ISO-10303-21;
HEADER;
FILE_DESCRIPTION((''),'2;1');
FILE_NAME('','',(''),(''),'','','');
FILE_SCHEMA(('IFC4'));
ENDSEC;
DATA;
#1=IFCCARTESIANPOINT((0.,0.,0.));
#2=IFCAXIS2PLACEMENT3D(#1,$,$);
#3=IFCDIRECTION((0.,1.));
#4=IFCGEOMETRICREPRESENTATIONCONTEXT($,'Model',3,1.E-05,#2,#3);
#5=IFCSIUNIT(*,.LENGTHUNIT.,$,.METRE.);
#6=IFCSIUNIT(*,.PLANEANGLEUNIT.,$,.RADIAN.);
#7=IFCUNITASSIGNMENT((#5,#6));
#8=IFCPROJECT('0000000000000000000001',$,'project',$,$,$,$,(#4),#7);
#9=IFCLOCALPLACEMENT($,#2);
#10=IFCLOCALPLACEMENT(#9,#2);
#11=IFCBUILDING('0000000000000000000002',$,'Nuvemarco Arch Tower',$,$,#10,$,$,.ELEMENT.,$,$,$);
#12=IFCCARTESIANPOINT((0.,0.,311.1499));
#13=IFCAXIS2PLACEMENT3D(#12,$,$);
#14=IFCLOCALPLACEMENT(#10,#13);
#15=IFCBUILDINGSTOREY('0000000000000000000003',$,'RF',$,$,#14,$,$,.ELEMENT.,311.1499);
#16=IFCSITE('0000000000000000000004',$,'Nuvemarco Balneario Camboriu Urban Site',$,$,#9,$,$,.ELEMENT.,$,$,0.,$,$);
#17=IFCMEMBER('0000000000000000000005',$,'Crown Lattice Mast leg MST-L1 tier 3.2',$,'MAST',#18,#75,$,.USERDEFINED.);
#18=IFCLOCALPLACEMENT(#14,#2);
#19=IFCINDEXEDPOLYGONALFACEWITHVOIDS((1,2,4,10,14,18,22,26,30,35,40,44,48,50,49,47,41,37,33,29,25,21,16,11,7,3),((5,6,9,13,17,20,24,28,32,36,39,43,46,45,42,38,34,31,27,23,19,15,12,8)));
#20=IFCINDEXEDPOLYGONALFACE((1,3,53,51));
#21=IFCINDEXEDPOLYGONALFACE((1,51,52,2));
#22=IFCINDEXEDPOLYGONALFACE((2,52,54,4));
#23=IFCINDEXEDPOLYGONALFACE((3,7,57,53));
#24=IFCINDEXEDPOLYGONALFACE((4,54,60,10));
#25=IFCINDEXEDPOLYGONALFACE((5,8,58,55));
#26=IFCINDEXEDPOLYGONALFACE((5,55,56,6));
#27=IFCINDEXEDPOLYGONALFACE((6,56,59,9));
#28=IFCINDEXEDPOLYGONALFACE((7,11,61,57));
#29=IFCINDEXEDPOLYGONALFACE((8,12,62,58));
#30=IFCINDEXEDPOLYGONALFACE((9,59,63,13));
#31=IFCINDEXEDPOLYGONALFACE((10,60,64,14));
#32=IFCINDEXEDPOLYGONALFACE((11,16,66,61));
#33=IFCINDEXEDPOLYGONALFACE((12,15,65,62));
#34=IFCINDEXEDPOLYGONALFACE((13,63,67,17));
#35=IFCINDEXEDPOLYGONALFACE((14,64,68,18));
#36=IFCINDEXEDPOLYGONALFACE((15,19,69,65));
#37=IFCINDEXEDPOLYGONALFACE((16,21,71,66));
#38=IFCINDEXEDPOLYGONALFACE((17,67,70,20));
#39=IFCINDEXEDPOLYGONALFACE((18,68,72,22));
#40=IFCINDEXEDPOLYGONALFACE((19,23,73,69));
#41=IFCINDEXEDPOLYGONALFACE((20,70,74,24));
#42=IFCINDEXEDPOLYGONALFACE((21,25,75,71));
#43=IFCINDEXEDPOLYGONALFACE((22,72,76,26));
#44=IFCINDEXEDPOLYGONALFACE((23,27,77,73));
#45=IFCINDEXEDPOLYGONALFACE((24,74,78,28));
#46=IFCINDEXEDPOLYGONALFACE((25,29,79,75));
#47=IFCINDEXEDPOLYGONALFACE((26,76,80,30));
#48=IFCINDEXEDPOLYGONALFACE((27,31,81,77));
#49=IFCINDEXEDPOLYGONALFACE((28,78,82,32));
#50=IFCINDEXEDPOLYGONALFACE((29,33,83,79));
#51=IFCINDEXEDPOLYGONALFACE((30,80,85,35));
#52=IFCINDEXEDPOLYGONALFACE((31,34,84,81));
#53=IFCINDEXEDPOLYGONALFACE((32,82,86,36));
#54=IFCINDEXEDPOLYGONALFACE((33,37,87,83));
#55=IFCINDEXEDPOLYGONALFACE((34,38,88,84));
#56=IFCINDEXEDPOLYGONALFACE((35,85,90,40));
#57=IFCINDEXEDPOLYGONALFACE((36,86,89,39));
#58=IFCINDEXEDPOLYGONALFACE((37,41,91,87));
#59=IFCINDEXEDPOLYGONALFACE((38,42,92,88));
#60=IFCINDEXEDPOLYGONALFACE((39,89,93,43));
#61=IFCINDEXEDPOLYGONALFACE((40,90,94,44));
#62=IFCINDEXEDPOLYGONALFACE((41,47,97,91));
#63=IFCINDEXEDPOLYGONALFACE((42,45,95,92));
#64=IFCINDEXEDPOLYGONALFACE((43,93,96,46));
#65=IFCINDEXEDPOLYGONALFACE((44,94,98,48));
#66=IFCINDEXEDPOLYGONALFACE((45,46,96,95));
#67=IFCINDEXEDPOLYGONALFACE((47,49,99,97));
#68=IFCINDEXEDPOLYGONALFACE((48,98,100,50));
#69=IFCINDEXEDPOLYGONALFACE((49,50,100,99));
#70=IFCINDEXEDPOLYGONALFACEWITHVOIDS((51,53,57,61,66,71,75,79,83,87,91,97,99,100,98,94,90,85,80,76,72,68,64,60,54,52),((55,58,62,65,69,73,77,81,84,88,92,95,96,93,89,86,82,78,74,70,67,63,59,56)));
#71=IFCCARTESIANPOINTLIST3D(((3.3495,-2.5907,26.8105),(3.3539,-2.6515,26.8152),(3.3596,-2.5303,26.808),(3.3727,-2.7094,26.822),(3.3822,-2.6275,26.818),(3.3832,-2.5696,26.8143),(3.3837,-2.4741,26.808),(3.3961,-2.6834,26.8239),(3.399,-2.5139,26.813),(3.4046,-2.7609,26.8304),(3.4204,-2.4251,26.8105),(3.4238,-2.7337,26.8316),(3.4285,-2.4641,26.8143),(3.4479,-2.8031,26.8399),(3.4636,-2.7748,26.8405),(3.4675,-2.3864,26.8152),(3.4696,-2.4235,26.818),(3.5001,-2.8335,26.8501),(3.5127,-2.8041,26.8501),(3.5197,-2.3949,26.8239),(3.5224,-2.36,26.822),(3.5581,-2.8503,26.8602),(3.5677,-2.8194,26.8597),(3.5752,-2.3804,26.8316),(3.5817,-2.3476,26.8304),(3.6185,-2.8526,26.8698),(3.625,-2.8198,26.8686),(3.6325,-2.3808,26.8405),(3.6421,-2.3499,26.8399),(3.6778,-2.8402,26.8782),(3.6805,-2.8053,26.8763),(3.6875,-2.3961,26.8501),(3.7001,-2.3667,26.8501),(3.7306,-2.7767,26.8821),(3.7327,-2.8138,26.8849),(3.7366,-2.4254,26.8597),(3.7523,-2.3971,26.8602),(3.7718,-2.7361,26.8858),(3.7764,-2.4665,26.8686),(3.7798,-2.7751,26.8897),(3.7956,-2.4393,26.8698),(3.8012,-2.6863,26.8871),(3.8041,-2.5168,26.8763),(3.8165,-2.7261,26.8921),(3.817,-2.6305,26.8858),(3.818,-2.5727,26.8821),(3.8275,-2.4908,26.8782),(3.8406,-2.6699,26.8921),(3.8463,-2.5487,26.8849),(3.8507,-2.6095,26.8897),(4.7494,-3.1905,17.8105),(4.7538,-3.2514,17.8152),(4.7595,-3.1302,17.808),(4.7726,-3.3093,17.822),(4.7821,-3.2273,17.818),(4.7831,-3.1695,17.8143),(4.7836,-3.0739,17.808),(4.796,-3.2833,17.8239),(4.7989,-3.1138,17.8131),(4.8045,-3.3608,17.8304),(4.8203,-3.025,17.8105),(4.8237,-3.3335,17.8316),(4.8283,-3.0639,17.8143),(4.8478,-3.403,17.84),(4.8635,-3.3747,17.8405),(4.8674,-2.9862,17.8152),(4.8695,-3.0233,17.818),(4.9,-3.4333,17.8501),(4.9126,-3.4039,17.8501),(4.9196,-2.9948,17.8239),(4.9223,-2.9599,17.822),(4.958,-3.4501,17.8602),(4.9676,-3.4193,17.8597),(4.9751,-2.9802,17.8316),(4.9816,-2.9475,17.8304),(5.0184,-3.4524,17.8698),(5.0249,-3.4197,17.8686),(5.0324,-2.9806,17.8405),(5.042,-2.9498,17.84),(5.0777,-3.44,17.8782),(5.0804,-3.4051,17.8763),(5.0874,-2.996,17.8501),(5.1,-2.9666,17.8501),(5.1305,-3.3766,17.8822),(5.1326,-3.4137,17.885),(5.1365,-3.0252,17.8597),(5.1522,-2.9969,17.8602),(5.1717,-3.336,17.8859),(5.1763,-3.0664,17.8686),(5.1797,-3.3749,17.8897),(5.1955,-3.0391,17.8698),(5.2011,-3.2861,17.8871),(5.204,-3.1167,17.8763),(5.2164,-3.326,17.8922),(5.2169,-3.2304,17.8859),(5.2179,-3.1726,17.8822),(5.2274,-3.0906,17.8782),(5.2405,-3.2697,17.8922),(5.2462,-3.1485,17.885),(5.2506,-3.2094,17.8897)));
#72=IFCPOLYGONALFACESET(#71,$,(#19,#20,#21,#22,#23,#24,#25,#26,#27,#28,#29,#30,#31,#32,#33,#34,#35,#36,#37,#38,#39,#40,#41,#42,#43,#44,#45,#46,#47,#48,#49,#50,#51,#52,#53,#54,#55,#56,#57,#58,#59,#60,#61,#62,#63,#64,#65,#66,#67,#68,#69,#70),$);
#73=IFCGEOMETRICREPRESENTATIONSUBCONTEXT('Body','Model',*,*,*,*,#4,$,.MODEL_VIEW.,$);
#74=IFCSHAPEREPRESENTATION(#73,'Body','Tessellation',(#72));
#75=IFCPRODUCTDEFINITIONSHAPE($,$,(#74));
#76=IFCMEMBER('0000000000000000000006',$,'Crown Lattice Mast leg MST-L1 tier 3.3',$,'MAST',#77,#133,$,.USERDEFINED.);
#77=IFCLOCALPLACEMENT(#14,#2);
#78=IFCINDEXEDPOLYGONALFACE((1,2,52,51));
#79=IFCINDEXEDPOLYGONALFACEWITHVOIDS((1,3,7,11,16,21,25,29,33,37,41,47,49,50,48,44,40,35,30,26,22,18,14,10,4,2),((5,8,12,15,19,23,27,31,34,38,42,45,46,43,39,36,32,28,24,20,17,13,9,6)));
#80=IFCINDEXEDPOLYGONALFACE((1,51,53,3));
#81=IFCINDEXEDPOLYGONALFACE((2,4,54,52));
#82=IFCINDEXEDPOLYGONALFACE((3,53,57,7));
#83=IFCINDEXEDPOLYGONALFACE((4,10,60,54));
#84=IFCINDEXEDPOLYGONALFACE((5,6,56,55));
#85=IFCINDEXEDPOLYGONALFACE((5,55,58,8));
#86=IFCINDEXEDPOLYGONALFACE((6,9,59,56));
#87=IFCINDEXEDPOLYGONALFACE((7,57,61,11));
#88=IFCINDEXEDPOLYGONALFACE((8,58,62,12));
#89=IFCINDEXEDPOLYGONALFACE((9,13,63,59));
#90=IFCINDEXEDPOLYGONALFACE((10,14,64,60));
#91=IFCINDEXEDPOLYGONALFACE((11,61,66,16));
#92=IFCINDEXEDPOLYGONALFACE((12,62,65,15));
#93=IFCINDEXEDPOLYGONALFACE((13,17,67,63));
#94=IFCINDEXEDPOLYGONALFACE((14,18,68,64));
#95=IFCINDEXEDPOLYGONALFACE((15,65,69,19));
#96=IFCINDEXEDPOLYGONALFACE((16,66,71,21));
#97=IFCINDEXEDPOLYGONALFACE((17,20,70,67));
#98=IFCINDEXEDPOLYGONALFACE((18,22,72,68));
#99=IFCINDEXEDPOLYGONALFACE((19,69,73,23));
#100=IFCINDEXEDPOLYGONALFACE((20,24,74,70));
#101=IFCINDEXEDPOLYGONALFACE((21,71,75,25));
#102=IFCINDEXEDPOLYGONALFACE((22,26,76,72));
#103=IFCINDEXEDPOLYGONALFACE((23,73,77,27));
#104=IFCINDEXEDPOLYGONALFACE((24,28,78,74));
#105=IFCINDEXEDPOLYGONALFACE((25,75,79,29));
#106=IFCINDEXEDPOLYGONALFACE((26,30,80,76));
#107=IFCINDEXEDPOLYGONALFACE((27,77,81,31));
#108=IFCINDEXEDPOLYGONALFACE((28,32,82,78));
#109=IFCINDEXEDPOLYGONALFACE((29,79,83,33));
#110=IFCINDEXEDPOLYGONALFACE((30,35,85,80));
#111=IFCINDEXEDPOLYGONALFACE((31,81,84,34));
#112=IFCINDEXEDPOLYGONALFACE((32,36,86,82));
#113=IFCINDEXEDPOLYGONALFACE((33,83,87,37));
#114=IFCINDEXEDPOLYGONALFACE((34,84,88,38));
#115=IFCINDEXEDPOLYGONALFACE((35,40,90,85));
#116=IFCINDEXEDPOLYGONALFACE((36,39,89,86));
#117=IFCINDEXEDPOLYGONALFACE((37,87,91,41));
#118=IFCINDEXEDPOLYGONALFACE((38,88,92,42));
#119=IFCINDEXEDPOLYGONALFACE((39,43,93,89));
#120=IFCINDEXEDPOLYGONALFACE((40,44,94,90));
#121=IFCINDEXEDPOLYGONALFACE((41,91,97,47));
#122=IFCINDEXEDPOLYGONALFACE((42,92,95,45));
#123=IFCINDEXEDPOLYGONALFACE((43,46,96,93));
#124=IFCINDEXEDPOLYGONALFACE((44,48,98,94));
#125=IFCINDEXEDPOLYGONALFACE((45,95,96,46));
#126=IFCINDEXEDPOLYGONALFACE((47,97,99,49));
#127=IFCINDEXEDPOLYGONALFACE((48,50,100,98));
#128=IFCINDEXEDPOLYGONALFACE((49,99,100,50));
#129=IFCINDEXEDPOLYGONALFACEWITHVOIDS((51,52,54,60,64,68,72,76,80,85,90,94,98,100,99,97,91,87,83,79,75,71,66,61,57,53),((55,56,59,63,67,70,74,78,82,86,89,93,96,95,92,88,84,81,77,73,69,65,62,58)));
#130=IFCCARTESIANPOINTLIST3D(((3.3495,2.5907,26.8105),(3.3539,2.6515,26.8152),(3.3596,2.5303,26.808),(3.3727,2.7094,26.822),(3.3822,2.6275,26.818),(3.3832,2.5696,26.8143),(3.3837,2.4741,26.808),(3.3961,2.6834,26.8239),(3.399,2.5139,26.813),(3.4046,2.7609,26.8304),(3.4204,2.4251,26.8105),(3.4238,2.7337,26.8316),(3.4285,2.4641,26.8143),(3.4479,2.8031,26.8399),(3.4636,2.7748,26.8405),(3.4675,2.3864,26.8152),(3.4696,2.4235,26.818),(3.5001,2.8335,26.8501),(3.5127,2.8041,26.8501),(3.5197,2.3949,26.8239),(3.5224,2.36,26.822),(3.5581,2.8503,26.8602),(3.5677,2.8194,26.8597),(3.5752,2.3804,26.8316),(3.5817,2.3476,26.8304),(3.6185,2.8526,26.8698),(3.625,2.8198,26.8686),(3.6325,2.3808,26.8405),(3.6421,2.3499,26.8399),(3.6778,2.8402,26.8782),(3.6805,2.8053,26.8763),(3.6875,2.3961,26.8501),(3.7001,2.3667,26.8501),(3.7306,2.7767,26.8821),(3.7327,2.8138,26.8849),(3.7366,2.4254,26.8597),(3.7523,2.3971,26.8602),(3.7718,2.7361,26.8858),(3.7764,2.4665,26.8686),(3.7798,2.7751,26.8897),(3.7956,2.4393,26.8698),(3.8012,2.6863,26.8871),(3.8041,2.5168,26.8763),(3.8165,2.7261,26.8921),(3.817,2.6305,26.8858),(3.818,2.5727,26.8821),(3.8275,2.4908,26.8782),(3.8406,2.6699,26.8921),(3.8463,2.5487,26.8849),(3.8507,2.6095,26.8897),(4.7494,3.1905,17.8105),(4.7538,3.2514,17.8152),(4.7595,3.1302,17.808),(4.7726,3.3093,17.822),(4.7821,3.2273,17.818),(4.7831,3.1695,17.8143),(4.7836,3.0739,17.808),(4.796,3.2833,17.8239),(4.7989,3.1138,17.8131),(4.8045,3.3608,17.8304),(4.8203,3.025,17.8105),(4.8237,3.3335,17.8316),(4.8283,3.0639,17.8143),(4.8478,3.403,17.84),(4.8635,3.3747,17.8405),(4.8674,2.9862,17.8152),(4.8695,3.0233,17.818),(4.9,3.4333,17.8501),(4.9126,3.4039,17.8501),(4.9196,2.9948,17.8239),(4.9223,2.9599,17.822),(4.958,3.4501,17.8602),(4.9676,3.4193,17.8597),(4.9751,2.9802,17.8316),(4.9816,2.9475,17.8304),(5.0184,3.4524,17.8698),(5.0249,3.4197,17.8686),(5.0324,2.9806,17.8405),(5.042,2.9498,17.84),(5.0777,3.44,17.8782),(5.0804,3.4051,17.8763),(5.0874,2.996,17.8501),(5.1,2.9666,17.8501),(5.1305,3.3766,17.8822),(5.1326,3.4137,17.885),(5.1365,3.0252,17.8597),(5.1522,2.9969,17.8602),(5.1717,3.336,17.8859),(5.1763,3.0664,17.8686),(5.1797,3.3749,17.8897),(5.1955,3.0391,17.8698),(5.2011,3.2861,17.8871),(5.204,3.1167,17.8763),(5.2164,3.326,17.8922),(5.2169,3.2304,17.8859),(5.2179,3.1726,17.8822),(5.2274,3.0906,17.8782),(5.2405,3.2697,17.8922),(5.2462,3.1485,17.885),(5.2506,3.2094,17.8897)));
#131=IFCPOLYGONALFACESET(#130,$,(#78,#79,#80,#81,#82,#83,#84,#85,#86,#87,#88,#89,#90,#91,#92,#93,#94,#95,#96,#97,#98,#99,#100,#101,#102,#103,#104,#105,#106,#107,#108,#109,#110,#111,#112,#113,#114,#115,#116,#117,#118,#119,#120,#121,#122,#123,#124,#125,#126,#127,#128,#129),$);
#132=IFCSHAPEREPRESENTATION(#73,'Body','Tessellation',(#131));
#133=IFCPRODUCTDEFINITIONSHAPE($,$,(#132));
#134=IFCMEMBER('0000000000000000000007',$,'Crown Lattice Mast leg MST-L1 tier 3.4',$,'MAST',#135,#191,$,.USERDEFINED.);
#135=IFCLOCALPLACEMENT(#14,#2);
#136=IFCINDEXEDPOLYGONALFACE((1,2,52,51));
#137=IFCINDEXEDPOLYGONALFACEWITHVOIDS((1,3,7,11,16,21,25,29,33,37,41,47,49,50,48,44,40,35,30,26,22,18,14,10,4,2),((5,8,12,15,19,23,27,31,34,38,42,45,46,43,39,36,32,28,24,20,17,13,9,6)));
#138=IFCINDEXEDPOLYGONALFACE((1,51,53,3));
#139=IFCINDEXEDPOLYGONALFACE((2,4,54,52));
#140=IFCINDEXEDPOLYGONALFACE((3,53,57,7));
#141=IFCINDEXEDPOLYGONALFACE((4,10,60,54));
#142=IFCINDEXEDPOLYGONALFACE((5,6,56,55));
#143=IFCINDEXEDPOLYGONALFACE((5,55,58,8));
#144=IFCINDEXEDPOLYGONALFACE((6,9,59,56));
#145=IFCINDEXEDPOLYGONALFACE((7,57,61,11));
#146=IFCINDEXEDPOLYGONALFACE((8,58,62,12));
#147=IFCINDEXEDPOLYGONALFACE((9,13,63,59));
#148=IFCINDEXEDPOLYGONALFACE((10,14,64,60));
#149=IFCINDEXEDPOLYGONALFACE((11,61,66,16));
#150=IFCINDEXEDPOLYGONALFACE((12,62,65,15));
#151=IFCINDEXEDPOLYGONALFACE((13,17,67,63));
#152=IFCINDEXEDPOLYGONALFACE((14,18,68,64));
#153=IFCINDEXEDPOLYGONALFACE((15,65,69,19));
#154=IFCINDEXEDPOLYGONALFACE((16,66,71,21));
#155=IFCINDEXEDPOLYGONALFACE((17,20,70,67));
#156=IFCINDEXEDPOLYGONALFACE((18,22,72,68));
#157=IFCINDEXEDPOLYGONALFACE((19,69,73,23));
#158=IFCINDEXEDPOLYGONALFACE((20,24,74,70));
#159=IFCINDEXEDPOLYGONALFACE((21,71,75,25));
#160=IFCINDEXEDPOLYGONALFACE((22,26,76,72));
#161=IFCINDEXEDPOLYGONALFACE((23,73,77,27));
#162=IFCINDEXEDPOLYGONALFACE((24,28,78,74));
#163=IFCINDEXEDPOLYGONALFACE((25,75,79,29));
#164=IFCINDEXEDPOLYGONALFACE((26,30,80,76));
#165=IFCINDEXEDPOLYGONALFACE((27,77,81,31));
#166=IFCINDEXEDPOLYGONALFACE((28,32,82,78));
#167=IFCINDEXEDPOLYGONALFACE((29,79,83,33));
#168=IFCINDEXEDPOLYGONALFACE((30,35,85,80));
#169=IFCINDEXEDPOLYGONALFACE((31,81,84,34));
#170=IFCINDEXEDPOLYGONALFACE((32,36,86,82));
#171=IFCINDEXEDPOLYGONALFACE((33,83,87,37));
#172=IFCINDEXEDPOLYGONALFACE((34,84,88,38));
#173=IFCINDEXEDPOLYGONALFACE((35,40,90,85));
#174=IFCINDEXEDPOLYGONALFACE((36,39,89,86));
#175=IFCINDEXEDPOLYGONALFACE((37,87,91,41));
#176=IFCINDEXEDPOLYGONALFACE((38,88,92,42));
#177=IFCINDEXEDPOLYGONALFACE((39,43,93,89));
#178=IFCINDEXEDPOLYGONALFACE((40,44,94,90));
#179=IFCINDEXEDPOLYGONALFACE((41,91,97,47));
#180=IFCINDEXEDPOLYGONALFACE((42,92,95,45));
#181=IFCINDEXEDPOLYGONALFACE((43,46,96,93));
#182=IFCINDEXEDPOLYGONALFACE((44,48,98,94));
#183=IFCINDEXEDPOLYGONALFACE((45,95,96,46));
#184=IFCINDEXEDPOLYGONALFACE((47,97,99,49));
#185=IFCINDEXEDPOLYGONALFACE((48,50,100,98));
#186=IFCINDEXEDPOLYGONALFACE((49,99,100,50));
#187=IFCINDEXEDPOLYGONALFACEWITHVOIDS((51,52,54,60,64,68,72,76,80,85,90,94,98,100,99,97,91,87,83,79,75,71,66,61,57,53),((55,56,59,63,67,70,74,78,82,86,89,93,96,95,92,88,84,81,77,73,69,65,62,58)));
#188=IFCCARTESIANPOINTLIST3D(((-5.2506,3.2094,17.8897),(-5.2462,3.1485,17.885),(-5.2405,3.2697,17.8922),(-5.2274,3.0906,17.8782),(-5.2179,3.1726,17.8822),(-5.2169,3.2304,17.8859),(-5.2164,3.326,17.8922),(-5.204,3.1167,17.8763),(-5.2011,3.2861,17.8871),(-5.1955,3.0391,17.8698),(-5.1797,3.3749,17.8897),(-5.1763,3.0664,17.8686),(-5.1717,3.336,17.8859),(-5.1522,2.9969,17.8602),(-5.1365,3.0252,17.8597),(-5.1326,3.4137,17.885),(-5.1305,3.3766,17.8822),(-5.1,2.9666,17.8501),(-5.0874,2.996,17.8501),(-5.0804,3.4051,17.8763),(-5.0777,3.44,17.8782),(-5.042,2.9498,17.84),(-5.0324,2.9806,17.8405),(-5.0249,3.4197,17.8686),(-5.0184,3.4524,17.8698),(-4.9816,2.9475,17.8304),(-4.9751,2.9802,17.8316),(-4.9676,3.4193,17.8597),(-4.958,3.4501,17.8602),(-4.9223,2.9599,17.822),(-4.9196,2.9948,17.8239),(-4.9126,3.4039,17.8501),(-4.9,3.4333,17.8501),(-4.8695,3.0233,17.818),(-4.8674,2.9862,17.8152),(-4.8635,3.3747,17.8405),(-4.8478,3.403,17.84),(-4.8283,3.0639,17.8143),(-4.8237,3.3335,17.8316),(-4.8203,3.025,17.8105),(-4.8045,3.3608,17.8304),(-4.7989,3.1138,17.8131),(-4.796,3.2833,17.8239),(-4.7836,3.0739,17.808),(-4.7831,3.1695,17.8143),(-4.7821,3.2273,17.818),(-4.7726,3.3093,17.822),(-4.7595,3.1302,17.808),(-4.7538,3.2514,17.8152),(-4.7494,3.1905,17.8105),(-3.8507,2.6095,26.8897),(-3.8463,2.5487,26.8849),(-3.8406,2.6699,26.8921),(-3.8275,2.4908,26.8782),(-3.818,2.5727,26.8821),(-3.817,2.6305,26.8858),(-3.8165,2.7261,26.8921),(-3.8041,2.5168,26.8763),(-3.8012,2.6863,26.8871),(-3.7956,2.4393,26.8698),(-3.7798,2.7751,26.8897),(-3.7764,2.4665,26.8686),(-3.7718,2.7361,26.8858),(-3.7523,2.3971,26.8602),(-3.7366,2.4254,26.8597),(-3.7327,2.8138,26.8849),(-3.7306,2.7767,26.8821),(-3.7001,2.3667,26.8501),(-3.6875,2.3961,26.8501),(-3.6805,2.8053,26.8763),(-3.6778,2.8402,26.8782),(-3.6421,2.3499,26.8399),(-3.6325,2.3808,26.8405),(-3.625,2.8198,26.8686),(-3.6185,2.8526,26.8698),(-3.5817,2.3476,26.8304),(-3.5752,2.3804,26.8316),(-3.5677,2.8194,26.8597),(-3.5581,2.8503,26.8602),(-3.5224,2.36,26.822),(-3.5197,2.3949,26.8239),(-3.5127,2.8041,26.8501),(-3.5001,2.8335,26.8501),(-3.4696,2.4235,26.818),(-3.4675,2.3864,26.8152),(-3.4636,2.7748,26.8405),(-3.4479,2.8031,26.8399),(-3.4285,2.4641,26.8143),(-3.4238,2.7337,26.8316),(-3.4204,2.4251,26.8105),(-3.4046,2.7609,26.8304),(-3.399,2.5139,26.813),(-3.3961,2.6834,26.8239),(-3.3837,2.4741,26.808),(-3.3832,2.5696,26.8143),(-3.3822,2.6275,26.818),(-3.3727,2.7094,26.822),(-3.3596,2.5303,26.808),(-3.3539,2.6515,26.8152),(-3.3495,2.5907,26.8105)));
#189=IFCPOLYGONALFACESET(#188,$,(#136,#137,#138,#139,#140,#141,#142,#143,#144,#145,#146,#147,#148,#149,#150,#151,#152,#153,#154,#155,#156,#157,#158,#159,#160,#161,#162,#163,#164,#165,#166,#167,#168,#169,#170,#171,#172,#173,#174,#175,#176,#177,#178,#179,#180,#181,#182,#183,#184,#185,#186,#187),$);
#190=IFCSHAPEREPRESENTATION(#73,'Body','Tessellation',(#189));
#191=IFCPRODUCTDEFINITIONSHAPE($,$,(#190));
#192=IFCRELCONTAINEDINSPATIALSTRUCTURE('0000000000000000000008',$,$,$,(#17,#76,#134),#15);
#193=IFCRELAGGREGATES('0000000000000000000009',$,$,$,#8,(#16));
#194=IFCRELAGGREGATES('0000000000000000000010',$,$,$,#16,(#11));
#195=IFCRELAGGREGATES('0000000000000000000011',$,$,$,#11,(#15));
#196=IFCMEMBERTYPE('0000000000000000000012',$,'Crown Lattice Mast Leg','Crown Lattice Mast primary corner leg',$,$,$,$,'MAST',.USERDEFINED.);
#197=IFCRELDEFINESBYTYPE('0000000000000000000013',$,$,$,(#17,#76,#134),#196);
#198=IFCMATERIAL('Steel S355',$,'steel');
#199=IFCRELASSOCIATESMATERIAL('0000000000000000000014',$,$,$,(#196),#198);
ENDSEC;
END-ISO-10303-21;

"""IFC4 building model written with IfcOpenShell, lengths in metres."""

from ifc_helpers import new_model, si_unit, direction, frame, origin, origin_2d, place, context, subcontext, project, spatial, hollow_circle, extrude, material, material_profile, profile_set, type_object, element, save


model = new_model("IFC4")

# Units and contexts
model_context = context("Model", 3, precision=1e-05, world=origin(), true_north=direction((0.0, 1.0)))
body_context = subcontext(model_context, "Body", "Model", "MODEL_VIEW")
ifc_project = project(units=[si_unit("LENGTHUNIT", "METRE"), si_unit("PLANEANGLEUNIT", "RADIAN")], contexts=[model_context])

# Site, building, storey
site_placement = place(None, origin())
site = spatial("IfcSite", under=ifc_project, at=site_placement, Name="Nuvemarco Balneario Camboriu Urban Site", CompositionType="ELEMENT", RefElevation=0.0)
building_placement = place(site_placement, origin())
building = spatial("IfcBuilding", under=site, at=building_placement, Name="Nuvemarco Arch Tower", CompositionType="ELEMENT")
storey_placement = place(building_placement, frame((0.0, 0.0, 311.1499)))
storey = spatial("IfcBuildingStorey", under=building, at=storey_placement, Name="RF", CompositionType="ELEMENT", Elevation=311.1499)

# Members
ifc_material = material(Name="Steel S355", Category="steel")
ifc_material_profile_1 = material_profile(ifc_material, hollow_circle(Radius=0.2539, WallThickness=0.032, at=origin_2d()), Name="CHS508x32")
ifc_profile_set_1 = profile_set([ifc_material_profile_1], Name="Steel S355")
member_type_1 = type_object("IfcMemberType", Name="Crown Lattice Mast Leg", Description="Crown Lattice Mast primary corner leg", ElementType="MAST", PredefinedType="USERDEFINED", material=ifc_profile_set_1)
for number, where, z_axis, x_axis, name in (
    (1, (5.0, -3.2, 17.8501), (-0.153364, 0.065716, 0.985982), (-0.393861, -0.91917, 0.0), "Crown Lattice Mast leg MST-L1 tier 3.2"),
    (2, (5.0, 3.2, 17.8501), (-0.153364, -0.065716, 0.985982), (0.393861, -0.91917, 0.0), "Crown Lattice Mast leg MST-L1 tier 3.3"),
    (3, (-5.0, 3.2, 17.8501), (0.153364, -0.065716, 0.985982), (0.393861, 0.91917, 0.0), "Crown Lattice Mast leg MST-L1 tier 3.4"),
):
    element("IfcMember", number, at=place(storey_placement, frame(where, z_axis=z_axis, x_axis=x_axis)), inside=storey, type_object=member_type_1, Name=name, ObjectType="MAST", PredefinedType="USERDEFINED", context=body_context, shape_type="SweptSolid", body=[
        extrude(hollow_circle(Radius=0.2539, WallThickness=0.032, at=origin_2d()), origin(), (0.0, 0.0, 1.0), 9.1279),
    ])

save(model, "model.ifc")
